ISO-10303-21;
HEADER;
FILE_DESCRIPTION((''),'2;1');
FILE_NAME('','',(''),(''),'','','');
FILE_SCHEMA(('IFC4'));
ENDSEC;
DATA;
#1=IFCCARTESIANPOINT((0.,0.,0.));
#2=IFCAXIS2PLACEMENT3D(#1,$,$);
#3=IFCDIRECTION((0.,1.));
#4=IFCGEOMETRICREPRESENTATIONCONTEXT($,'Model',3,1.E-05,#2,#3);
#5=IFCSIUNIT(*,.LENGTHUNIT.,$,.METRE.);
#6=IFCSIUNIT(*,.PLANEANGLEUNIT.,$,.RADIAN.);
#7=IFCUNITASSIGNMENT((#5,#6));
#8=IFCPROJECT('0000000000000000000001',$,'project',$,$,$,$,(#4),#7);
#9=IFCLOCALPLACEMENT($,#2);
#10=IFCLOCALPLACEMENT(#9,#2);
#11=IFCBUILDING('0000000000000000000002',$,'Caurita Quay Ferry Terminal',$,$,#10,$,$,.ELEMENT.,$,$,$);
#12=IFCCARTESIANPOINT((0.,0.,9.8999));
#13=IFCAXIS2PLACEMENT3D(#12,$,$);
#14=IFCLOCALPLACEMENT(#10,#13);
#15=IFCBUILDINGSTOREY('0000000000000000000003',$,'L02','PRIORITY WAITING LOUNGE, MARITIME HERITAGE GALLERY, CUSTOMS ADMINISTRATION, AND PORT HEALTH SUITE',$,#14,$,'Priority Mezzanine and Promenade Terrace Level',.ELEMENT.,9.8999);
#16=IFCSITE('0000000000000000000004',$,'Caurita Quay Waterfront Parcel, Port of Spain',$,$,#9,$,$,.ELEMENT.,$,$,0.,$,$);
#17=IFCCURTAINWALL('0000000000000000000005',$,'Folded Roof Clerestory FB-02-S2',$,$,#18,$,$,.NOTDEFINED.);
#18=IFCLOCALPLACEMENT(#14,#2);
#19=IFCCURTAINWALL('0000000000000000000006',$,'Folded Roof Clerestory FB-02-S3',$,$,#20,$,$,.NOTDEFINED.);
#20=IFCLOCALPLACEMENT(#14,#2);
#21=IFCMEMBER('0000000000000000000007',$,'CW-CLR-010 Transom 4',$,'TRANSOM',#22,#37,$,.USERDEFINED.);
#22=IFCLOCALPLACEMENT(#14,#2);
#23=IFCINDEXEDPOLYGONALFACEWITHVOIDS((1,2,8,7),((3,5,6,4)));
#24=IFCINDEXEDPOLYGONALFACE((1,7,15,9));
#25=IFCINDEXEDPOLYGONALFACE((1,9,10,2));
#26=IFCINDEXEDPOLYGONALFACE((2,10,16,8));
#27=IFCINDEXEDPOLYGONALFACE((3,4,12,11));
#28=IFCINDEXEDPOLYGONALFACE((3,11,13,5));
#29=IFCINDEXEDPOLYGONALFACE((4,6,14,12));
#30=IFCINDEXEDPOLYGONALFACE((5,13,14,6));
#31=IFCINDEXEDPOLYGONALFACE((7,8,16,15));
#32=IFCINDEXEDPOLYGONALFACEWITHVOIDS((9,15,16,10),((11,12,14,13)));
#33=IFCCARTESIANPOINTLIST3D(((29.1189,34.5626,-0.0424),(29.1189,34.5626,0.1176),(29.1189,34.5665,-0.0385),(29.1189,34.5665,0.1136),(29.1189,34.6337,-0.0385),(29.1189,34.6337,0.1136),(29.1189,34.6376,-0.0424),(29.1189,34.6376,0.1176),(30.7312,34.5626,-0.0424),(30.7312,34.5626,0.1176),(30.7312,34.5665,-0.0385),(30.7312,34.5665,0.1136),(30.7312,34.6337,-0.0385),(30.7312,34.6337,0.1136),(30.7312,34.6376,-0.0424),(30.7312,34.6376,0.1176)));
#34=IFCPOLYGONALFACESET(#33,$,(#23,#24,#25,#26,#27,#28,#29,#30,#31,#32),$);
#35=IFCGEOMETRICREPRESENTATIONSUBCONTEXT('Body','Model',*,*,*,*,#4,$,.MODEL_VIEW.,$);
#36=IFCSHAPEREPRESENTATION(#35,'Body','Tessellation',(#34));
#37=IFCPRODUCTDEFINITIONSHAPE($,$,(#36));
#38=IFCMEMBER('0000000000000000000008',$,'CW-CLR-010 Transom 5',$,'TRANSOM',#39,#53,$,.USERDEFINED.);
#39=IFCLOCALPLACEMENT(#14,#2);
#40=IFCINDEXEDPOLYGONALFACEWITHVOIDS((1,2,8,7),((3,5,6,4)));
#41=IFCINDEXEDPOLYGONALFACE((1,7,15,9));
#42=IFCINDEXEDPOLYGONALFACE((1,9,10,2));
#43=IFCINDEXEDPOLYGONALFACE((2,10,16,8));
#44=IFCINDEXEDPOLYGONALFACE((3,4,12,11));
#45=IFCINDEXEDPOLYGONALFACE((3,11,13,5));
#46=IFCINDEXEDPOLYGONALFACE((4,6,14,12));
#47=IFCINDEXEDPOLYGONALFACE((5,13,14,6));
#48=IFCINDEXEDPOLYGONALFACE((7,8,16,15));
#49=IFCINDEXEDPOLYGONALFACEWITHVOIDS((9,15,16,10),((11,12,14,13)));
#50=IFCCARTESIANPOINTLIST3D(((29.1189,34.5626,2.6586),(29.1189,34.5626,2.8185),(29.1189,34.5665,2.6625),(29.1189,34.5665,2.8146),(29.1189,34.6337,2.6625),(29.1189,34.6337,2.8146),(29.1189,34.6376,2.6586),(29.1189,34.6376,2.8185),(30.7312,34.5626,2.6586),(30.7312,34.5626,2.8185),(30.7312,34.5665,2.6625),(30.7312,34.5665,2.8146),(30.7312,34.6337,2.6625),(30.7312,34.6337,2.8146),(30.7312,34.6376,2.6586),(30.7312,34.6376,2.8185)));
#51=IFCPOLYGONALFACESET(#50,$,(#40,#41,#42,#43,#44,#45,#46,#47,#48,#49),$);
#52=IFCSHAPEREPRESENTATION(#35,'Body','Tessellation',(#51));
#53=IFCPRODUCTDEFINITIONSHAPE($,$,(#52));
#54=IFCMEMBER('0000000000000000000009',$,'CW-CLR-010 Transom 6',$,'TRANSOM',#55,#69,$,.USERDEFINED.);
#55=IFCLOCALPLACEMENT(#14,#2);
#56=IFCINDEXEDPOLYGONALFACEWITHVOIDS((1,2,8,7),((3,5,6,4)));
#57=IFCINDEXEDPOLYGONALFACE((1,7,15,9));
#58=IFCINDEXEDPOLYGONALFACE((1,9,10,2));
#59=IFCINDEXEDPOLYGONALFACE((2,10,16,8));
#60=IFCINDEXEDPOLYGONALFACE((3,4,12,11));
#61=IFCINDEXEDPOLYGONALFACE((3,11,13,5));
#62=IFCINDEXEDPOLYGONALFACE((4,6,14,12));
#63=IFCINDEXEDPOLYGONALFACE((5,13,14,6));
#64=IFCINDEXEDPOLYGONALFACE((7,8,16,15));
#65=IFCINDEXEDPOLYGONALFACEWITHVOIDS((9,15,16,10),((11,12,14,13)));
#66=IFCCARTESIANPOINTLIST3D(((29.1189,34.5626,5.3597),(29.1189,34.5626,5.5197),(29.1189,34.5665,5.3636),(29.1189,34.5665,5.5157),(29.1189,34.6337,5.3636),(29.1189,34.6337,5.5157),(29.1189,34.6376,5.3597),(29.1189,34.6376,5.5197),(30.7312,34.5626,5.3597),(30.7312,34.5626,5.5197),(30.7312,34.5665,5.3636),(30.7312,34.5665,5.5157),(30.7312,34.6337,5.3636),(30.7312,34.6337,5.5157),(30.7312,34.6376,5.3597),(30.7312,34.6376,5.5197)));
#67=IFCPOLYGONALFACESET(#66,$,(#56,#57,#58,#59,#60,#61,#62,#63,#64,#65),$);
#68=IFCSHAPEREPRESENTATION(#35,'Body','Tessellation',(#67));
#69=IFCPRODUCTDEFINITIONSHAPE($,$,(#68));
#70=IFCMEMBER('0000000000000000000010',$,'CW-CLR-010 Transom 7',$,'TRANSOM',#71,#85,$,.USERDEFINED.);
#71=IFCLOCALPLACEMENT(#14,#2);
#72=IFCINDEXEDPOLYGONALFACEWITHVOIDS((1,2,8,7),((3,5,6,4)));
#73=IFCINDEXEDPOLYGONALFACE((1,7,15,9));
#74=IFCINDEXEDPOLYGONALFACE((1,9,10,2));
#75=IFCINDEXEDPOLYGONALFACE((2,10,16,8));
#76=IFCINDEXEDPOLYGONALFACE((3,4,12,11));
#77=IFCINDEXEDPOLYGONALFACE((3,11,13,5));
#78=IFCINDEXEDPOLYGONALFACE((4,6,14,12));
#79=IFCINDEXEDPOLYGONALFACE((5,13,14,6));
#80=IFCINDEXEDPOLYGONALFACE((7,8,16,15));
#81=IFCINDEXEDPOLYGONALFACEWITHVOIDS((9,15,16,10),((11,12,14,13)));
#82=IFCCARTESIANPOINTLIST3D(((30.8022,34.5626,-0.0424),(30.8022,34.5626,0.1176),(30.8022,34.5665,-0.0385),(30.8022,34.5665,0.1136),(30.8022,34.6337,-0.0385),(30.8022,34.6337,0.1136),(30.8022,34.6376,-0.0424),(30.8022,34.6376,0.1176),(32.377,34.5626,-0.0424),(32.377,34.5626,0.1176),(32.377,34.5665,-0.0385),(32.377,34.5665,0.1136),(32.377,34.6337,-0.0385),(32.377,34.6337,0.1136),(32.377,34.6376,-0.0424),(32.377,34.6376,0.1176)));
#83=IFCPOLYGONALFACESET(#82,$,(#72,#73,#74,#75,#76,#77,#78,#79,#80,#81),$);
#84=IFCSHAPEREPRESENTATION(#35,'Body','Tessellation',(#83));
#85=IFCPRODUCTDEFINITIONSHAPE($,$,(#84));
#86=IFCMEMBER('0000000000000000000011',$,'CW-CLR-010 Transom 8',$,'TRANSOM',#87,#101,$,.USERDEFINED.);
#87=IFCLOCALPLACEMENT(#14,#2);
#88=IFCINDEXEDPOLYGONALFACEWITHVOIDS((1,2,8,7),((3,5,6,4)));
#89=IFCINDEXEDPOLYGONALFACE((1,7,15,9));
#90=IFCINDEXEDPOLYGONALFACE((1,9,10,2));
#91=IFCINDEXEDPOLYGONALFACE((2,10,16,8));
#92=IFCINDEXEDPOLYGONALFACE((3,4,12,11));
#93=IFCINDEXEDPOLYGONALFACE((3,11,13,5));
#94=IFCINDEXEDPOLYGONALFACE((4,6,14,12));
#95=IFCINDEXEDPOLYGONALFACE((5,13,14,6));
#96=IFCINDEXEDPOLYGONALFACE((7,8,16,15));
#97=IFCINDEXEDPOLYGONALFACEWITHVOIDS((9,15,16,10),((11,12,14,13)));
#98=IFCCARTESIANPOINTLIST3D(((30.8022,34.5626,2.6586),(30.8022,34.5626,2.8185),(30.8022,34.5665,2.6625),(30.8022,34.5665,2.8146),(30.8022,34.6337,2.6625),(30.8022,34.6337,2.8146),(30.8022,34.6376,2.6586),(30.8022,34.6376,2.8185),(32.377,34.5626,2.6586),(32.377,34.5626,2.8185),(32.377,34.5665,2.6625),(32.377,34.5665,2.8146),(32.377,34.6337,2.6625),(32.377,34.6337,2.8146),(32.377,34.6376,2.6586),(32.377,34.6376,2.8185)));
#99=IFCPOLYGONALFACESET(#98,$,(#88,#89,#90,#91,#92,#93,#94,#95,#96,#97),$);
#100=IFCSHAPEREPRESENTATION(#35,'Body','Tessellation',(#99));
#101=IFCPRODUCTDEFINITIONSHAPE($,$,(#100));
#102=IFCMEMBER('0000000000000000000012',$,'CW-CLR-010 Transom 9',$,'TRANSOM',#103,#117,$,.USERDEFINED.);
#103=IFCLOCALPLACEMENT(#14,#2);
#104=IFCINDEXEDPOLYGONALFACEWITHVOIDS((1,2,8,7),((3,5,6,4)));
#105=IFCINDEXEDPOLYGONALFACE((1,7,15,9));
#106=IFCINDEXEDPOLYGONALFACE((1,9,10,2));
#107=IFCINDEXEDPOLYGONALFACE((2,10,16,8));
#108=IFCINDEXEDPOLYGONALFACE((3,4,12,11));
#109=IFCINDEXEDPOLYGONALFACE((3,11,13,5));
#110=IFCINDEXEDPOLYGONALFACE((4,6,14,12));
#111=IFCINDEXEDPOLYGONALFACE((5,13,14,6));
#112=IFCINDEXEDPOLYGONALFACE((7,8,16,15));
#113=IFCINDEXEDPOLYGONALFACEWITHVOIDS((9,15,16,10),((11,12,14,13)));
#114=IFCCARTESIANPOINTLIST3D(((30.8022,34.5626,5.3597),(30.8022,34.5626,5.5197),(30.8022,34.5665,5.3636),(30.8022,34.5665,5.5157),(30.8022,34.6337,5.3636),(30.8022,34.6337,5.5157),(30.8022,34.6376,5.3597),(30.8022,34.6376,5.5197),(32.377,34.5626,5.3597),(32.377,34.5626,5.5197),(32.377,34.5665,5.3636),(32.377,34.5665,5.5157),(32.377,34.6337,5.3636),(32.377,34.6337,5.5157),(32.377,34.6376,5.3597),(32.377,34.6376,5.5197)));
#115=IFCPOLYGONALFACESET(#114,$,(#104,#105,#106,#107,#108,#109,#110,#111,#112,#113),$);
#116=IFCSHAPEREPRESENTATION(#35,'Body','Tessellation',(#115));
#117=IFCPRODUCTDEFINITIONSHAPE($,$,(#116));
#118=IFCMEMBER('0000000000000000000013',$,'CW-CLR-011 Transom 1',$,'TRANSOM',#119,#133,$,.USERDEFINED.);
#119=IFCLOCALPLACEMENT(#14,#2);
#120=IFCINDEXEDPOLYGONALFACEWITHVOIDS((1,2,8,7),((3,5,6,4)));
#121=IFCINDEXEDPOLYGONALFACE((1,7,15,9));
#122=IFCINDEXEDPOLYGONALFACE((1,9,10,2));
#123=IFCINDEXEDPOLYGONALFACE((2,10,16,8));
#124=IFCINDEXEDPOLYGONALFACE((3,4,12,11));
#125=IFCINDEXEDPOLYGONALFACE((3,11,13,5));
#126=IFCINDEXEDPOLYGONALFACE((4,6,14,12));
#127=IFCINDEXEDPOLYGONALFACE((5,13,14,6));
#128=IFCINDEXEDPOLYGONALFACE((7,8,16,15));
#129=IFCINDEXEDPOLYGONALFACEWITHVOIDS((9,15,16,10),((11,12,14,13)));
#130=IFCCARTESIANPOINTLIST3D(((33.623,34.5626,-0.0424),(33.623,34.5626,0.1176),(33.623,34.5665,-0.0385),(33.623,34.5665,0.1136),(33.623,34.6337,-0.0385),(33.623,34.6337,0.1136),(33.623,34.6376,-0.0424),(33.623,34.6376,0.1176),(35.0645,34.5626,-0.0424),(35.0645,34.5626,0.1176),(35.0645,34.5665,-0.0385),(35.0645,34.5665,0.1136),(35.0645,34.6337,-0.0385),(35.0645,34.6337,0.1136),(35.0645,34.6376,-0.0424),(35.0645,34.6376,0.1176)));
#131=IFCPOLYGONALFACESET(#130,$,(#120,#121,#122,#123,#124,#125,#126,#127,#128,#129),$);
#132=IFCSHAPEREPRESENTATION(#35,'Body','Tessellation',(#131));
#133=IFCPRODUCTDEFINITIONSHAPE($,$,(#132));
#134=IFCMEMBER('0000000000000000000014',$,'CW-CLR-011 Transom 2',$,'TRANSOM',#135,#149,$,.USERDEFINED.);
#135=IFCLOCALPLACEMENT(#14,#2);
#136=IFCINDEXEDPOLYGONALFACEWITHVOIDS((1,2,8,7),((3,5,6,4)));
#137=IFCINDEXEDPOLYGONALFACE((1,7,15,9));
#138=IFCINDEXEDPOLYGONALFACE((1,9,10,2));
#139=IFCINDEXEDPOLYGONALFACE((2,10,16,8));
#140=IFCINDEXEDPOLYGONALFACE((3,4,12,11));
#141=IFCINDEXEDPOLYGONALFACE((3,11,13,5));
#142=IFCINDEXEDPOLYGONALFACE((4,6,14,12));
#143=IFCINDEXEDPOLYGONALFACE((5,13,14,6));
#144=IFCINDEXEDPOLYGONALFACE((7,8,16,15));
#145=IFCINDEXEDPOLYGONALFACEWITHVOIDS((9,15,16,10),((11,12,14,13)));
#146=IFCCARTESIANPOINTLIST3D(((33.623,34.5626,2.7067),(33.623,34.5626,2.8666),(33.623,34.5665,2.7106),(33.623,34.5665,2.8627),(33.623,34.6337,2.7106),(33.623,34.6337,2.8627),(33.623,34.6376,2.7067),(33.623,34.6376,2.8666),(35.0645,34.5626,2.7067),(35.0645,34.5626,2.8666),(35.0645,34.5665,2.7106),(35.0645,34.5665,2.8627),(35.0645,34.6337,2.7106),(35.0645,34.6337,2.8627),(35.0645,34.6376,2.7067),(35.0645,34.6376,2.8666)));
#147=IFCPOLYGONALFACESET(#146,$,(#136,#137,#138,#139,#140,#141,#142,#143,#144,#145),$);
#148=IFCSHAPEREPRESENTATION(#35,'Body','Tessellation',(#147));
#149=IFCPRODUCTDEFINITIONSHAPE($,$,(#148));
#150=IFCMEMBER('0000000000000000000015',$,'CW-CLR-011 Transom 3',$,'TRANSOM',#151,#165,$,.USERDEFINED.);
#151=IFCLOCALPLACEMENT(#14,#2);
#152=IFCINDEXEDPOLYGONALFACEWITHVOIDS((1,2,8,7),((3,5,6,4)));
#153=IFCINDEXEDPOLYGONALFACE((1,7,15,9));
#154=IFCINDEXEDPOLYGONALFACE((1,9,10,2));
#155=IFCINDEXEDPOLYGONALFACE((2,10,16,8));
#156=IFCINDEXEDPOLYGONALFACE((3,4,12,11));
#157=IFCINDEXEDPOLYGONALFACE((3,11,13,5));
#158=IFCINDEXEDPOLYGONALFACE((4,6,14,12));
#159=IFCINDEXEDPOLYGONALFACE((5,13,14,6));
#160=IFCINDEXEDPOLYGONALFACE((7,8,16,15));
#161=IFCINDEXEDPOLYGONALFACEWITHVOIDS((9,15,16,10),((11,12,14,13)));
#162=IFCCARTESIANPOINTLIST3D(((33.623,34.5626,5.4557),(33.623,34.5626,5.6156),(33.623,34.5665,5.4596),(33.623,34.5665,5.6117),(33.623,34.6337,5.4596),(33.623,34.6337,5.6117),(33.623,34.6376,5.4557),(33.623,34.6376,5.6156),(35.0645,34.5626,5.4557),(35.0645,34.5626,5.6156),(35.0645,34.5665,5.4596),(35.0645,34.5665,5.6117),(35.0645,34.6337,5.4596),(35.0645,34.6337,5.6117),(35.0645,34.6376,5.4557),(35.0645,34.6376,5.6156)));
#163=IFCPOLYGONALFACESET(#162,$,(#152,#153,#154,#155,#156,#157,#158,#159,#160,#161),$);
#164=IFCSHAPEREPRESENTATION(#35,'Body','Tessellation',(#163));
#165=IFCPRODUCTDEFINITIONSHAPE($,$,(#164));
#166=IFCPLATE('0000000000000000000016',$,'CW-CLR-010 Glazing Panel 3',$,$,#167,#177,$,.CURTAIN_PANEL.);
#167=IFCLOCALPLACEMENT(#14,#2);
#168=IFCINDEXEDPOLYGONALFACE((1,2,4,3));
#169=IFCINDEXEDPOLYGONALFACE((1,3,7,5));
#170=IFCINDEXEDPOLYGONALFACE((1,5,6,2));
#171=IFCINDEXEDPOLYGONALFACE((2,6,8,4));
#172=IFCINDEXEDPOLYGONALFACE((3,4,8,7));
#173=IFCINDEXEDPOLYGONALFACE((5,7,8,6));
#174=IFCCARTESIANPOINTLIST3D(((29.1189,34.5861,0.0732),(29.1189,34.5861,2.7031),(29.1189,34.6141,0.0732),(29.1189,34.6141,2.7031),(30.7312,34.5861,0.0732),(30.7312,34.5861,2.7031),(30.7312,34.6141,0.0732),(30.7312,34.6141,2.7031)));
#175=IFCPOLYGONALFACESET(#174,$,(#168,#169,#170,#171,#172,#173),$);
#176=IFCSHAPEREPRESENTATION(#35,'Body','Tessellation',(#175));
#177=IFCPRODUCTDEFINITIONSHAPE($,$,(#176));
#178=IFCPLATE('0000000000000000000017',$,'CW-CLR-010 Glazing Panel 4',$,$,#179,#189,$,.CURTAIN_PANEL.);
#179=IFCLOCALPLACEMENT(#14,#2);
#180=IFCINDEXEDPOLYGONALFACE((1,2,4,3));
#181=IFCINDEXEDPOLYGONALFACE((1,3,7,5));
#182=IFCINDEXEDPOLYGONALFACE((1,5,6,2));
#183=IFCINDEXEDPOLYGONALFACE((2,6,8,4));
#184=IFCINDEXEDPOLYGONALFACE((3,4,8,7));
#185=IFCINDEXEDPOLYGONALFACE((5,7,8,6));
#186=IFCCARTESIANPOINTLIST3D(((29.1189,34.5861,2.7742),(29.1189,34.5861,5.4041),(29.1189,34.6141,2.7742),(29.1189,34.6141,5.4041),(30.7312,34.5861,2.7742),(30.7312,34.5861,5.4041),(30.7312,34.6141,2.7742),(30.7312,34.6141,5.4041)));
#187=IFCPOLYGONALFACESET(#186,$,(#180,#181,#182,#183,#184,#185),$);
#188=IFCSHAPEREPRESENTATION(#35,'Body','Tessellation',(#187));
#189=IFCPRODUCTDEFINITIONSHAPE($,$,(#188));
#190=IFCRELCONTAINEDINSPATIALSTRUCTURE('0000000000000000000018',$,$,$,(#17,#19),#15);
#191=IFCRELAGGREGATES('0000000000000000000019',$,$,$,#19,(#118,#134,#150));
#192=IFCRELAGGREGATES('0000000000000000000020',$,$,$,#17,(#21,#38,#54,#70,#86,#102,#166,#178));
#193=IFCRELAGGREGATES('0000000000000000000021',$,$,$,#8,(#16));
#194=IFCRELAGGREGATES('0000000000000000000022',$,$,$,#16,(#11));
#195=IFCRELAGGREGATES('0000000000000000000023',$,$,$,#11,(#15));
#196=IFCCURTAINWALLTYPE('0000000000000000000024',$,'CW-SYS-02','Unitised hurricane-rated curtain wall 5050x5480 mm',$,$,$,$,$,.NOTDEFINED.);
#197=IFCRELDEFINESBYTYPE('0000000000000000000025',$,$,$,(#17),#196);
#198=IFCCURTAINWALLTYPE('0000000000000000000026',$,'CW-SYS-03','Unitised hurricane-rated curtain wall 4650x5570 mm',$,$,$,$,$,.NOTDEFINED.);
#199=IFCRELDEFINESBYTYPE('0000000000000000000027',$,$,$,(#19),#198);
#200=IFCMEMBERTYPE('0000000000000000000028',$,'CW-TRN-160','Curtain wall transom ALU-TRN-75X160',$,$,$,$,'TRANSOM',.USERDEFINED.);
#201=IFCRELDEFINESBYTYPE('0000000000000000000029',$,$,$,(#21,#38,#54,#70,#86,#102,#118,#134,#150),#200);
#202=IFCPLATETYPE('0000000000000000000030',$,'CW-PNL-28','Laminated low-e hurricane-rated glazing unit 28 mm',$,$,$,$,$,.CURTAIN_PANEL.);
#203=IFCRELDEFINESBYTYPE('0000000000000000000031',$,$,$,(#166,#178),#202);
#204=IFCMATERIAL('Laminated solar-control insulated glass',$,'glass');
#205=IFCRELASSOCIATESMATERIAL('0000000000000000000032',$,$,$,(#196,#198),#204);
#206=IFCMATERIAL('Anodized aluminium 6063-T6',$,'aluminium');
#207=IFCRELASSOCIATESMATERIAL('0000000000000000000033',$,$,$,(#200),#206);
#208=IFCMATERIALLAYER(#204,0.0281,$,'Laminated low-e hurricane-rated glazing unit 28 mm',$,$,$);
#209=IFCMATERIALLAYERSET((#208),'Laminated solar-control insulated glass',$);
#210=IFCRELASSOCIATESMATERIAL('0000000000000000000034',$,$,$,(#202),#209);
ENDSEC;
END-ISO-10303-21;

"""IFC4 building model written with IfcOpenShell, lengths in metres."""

from ifc_helpers import new_model, si_unit, direction, frame, origin, origin_2d, place, context, subcontext, project, spatial, rectangle, hollow_rectangle, extrude, material, layer, layer_set, material_profile, profile_set, type_object, element, aggregate, save


model = new_model("IFC4")

# Units and contexts
model_context = context("Model", 3, precision=1e-05, world=origin(), true_north=direction((0.0, 1.0)))
body_context = subcontext(model_context, "Body", "Model", "MODEL_VIEW")
ifc_project = project(units=[si_unit("LENGTHUNIT", "METRE"), si_unit("PLANEANGLEUNIT", "RADIAN")], contexts=[model_context])

# Site, building, storey
site_placement = place(None, origin())
site = spatial("IfcSite", under=ifc_project, at=site_placement, Name="Caurita Quay Waterfront Parcel, Port of Spain", CompositionType="ELEMENT", RefElevation=0.0)
building_placement = place(site_placement, origin())
building = spatial("IfcBuilding", under=site, at=building_placement, Name="Caurita Quay Ferry Terminal", CompositionType="ELEMENT")
storey_placement = place(building_placement, frame((0.0, 0.0, 9.8999)))
storey = spatial("IfcBuildingStorey", under=building, at=storey_placement, Name="L02", Description="PRIORITY WAITING LOUNGE, MARITIME HERITAGE GALLERY, CUSTOMS ADMINISTRATION, AND PORT HEALTH SUITE", LongName="Priority Mezzanine and Promenade Terrace Level", CompositionType="ELEMENT", Elevation=9.8999)

# Curtain wall
ifc_material_1 = material(Name="Laminated solar-control insulated glass", Category="glass")
curtain_wall_type_1 = type_object("IfcCurtainWallType", Name="CW-SYS-02", Description="Unitised hurricane-rated curtain wall 5050x5480 mm", PredefinedType="NOTDEFINED", material=ifc_material_1)
curtain_wall_1_placement = place(storey_placement, origin())
curtain_wall_1 = element("IfcCurtainWall", 1, at=curtain_wall_1_placement, inside=storey, type_object=curtain_wall_type_1, Name="Folded Roof Clerestory FB-02-S2", PredefinedType="NOTDEFINED")
ifc_material_2 = material(Name="Anodized aluminium 6063-T6", Category="aluminium")

# Curtain wall
curtain_wall_type_2 = type_object("IfcCurtainWallType", Name="CW-SYS-03", Description="Unitised hurricane-rated curtain wall 4650x5570 mm", PredefinedType="NOTDEFINED", material=ifc_material_1)
curtain_wall_2_placement = place(storey_placement, origin())
curtain_wall_2 = element("IfcCurtainWall", 2, at=curtain_wall_2_placement, inside=storey, type_object=curtain_wall_type_2, Name="Folded Roof Clerestory FB-02-S3", PredefinedType="NOTDEFINED")

# Members
ifc_material_profile_1 = material_profile(ifc_material_2, hollow_rectangle(XDim=0.075, YDim=0.1599, WallThickness=0.0039, at=origin_2d()), Name="ALU-TRN-75X160")
ifc_profile_set_1 = profile_set([ifc_material_profile_1], Name="Anodized aluminium 6063-T6")
member_type_1 = type_object("IfcMemberType", Name="CW-TRN-160", Description="Curtain wall transom ALU-TRN-75X160", ElementType="TRANSOM", PredefinedType="USERDEFINED", material=ifc_profile_set_1)
member_1_placement = place(storey_placement, frame((29.1189, 34.6001, 0.0376), z_axis=(1.0, 0.0, 0.0), x_axis=(0.0, 1.0, 0.0)))
member_1 = element("IfcMember", 3, at=member_1_placement, type_object=member_type_1, Name="CW-CLR-010 Transom 4", ObjectType="TRANSOM", PredefinedType="USERDEFINED", context=body_context, shape_type="SweptSolid", body=[
    extrude(hollow_rectangle(XDim=0.075, YDim=0.1599, WallThickness=0.0039, at=origin_2d()), origin(), (0.0, 0.0, 1.0), 1.6123),
])
member_2_placement = place(storey_placement, frame((29.1189, 34.6001, 2.7385), z_axis=(1.0, 0.0, 0.0), x_axis=(0.0, 1.0, 0.0)))
member_2 = element("IfcMember", 4, at=member_2_placement, type_object=member_type_1, Name="CW-CLR-010 Transom 5", ObjectType="TRANSOM", PredefinedType="USERDEFINED", context=body_context, shape_type="SweptSolid", body=[
    extrude(hollow_rectangle(XDim=0.075, YDim=0.1599, WallThickness=0.0039, at=origin_2d()), origin(), (0.0, 0.0, 1.0), 1.6123),
])
member_3_placement = place(storey_placement, frame((29.1189, 34.6001, 5.4397), z_axis=(1.0, 0.0, 0.0), x_axis=(0.0, 1.0, 0.0)))
member_3 = element("IfcMember", 5, at=member_3_placement, type_object=member_type_1, Name="CW-CLR-010 Transom 6", ObjectType="TRANSOM", PredefinedType="USERDEFINED", context=body_context, shape_type="SweptSolid", body=[
    extrude(hollow_rectangle(XDim=0.075, YDim=0.1599, WallThickness=0.0039, at=origin_2d()), origin(), (0.0, 0.0, 1.0), 1.6123),
])
member_4_placement = place(storey_placement, frame((30.8022, 34.6001, 0.0376), z_axis=(1.0, 0.0, 0.0), x_axis=(0.0, 1.0, 0.0)))
member_4 = element("IfcMember", 6, at=member_4_placement, type_object=member_type_1, Name="CW-CLR-010 Transom 7", ObjectType="TRANSOM", PredefinedType="USERDEFINED", context=body_context, shape_type="SweptSolid", body=[
    extrude(hollow_rectangle(XDim=0.075, YDim=0.1599, WallThickness=0.0039, at=origin_2d()), origin(), (0.0, 0.0, 1.0), 1.5747),
])
member_5_placement = place(storey_placement, frame((30.8022, 34.6001, 2.7385), z_axis=(1.0, 0.0, 0.0), x_axis=(0.0, 1.0, 0.0)))
member_5 = element("IfcMember", 7, at=member_5_placement, type_object=member_type_1, Name="CW-CLR-010 Transom 8", ObjectType="TRANSOM", PredefinedType="USERDEFINED", context=body_context, shape_type="SweptSolid", body=[
    extrude(hollow_rectangle(XDim=0.075, YDim=0.1599, WallThickness=0.0039, at=origin_2d()), origin(), (0.0, 0.0, 1.0), 1.5747),
])
member_6_placement = place(storey_placement, frame((30.8022, 34.6001, 5.4397), z_axis=(1.0, 0.0, 0.0), x_axis=(0.0, 1.0, 0.0)))
member_6 = element("IfcMember", 8, at=member_6_placement, type_object=member_type_1, Name="CW-CLR-010 Transom 9", ObjectType="TRANSOM", PredefinedType="USERDEFINED", context=body_context, shape_type="SweptSolid", body=[
    extrude(hollow_rectangle(XDim=0.075, YDim=0.1599, WallThickness=0.0039, at=origin_2d()), origin(), (0.0, 0.0, 1.0), 1.5747),
])
member_7_placement = place(storey_placement, frame((33.623, 34.6001, 0.0376), z_axis=(1.0, 0.0, 0.0), x_axis=(0.0, 1.0, 0.0)))
member_7 = element("IfcMember", 9, at=member_7_placement, type_object=member_type_1, Name="CW-CLR-011 Transom 1", ObjectType="TRANSOM", PredefinedType="USERDEFINED", context=body_context, shape_type="SweptSolid", body=[
    extrude(hollow_rectangle(XDim=0.075, YDim=0.1599, WallThickness=0.0039, at=origin_2d()), origin(), (0.0, 0.0, 1.0), 1.4414),
])
member_8_placement = place(storey_placement, frame((33.623, 34.6001, 2.7866), z_axis=(1.0, 0.0, 0.0), x_axis=(0.0, 1.0, 0.0)))
member_8 = element("IfcMember", 10, at=member_8_placement, type_object=member_type_1, Name="CW-CLR-011 Transom 2", ObjectType="TRANSOM", PredefinedType="USERDEFINED", context=body_context, shape_type="SweptSolid", body=[
    extrude(hollow_rectangle(XDim=0.075, YDim=0.1599, WallThickness=0.0039, at=origin_2d()), origin(), (0.0, 0.0, 1.0), 1.4414),
])
member_9_placement = place(storey_placement, frame((33.623, 34.6001, 5.5356), z_axis=(1.0, 0.0, 0.0), x_axis=(0.0, 1.0, 0.0)))
member_9 = element("IfcMember", 11, at=member_9_placement, type_object=member_type_1, Name="CW-CLR-011 Transom 3", ObjectType="TRANSOM", PredefinedType="USERDEFINED", context=body_context, shape_type="SweptSolid", body=[
    extrude(hollow_rectangle(XDim=0.075, YDim=0.1599, WallThickness=0.0039, at=origin_2d()), origin(), (0.0, 0.0, 1.0), 1.4414),
])
aggregate(curtain_wall_2, [member_7, member_8, member_9])

# Plates
ifc_layer_1 = layer(ifc_material_1, 0.0281, Name="Laminated low-e hurricane-rated glazing unit 28 mm")
ifc_layer_set_1 = layer_set([ifc_layer_1], Name="Laminated solar-control insulated glass")
plate_type_1 = type_object("IfcPlateType", Name="CW-PNL-28", Description="Laminated low-e hurricane-rated glazing unit 28 mm", PredefinedType="CURTAIN_PANEL", material=ifc_layer_set_1)
plate_1_placement = place(storey_placement, frame((29.925, 34.6001, 0.0732), z_axis=(0.0, 0.0, 1.0), x_axis=(1.0, 0.0, 0.0)))
plate_1 = element("IfcPlate", 12, at=plate_1_placement, type_object=plate_type_1, Name="CW-CLR-010 Glazing Panel 3", PredefinedType="CURTAIN_PANEL", context=body_context, shape_type="SweptSolid", body=[
    extrude(rectangle(XDim=1.6123, YDim=0.0281, at=origin_2d()), origin(), (0.0, 0.0, 1.0), 2.6299),
])
plate_2_placement = place(storey_placement, frame((29.925, 34.6001, 2.7742), z_axis=(0.0, 0.0, 1.0), x_axis=(1.0, 0.0, 0.0)))
plate_2 = element("IfcPlate", 13, at=plate_2_placement, type_object=plate_type_1, Name="CW-CLR-010 Glazing Panel 4", PredefinedType="CURTAIN_PANEL", context=body_context, shape_type="SweptSolid", body=[
    extrude(rectangle(XDim=1.6123, YDim=0.0281, at=origin_2d()), origin(), (0.0, 0.0, 1.0), 2.6299),
])
aggregate(curtain_wall_1, [member_1, member_2, member_3, member_4, member_5, member_6, plate_1, plate_2])

save(model, "model.ifc")
